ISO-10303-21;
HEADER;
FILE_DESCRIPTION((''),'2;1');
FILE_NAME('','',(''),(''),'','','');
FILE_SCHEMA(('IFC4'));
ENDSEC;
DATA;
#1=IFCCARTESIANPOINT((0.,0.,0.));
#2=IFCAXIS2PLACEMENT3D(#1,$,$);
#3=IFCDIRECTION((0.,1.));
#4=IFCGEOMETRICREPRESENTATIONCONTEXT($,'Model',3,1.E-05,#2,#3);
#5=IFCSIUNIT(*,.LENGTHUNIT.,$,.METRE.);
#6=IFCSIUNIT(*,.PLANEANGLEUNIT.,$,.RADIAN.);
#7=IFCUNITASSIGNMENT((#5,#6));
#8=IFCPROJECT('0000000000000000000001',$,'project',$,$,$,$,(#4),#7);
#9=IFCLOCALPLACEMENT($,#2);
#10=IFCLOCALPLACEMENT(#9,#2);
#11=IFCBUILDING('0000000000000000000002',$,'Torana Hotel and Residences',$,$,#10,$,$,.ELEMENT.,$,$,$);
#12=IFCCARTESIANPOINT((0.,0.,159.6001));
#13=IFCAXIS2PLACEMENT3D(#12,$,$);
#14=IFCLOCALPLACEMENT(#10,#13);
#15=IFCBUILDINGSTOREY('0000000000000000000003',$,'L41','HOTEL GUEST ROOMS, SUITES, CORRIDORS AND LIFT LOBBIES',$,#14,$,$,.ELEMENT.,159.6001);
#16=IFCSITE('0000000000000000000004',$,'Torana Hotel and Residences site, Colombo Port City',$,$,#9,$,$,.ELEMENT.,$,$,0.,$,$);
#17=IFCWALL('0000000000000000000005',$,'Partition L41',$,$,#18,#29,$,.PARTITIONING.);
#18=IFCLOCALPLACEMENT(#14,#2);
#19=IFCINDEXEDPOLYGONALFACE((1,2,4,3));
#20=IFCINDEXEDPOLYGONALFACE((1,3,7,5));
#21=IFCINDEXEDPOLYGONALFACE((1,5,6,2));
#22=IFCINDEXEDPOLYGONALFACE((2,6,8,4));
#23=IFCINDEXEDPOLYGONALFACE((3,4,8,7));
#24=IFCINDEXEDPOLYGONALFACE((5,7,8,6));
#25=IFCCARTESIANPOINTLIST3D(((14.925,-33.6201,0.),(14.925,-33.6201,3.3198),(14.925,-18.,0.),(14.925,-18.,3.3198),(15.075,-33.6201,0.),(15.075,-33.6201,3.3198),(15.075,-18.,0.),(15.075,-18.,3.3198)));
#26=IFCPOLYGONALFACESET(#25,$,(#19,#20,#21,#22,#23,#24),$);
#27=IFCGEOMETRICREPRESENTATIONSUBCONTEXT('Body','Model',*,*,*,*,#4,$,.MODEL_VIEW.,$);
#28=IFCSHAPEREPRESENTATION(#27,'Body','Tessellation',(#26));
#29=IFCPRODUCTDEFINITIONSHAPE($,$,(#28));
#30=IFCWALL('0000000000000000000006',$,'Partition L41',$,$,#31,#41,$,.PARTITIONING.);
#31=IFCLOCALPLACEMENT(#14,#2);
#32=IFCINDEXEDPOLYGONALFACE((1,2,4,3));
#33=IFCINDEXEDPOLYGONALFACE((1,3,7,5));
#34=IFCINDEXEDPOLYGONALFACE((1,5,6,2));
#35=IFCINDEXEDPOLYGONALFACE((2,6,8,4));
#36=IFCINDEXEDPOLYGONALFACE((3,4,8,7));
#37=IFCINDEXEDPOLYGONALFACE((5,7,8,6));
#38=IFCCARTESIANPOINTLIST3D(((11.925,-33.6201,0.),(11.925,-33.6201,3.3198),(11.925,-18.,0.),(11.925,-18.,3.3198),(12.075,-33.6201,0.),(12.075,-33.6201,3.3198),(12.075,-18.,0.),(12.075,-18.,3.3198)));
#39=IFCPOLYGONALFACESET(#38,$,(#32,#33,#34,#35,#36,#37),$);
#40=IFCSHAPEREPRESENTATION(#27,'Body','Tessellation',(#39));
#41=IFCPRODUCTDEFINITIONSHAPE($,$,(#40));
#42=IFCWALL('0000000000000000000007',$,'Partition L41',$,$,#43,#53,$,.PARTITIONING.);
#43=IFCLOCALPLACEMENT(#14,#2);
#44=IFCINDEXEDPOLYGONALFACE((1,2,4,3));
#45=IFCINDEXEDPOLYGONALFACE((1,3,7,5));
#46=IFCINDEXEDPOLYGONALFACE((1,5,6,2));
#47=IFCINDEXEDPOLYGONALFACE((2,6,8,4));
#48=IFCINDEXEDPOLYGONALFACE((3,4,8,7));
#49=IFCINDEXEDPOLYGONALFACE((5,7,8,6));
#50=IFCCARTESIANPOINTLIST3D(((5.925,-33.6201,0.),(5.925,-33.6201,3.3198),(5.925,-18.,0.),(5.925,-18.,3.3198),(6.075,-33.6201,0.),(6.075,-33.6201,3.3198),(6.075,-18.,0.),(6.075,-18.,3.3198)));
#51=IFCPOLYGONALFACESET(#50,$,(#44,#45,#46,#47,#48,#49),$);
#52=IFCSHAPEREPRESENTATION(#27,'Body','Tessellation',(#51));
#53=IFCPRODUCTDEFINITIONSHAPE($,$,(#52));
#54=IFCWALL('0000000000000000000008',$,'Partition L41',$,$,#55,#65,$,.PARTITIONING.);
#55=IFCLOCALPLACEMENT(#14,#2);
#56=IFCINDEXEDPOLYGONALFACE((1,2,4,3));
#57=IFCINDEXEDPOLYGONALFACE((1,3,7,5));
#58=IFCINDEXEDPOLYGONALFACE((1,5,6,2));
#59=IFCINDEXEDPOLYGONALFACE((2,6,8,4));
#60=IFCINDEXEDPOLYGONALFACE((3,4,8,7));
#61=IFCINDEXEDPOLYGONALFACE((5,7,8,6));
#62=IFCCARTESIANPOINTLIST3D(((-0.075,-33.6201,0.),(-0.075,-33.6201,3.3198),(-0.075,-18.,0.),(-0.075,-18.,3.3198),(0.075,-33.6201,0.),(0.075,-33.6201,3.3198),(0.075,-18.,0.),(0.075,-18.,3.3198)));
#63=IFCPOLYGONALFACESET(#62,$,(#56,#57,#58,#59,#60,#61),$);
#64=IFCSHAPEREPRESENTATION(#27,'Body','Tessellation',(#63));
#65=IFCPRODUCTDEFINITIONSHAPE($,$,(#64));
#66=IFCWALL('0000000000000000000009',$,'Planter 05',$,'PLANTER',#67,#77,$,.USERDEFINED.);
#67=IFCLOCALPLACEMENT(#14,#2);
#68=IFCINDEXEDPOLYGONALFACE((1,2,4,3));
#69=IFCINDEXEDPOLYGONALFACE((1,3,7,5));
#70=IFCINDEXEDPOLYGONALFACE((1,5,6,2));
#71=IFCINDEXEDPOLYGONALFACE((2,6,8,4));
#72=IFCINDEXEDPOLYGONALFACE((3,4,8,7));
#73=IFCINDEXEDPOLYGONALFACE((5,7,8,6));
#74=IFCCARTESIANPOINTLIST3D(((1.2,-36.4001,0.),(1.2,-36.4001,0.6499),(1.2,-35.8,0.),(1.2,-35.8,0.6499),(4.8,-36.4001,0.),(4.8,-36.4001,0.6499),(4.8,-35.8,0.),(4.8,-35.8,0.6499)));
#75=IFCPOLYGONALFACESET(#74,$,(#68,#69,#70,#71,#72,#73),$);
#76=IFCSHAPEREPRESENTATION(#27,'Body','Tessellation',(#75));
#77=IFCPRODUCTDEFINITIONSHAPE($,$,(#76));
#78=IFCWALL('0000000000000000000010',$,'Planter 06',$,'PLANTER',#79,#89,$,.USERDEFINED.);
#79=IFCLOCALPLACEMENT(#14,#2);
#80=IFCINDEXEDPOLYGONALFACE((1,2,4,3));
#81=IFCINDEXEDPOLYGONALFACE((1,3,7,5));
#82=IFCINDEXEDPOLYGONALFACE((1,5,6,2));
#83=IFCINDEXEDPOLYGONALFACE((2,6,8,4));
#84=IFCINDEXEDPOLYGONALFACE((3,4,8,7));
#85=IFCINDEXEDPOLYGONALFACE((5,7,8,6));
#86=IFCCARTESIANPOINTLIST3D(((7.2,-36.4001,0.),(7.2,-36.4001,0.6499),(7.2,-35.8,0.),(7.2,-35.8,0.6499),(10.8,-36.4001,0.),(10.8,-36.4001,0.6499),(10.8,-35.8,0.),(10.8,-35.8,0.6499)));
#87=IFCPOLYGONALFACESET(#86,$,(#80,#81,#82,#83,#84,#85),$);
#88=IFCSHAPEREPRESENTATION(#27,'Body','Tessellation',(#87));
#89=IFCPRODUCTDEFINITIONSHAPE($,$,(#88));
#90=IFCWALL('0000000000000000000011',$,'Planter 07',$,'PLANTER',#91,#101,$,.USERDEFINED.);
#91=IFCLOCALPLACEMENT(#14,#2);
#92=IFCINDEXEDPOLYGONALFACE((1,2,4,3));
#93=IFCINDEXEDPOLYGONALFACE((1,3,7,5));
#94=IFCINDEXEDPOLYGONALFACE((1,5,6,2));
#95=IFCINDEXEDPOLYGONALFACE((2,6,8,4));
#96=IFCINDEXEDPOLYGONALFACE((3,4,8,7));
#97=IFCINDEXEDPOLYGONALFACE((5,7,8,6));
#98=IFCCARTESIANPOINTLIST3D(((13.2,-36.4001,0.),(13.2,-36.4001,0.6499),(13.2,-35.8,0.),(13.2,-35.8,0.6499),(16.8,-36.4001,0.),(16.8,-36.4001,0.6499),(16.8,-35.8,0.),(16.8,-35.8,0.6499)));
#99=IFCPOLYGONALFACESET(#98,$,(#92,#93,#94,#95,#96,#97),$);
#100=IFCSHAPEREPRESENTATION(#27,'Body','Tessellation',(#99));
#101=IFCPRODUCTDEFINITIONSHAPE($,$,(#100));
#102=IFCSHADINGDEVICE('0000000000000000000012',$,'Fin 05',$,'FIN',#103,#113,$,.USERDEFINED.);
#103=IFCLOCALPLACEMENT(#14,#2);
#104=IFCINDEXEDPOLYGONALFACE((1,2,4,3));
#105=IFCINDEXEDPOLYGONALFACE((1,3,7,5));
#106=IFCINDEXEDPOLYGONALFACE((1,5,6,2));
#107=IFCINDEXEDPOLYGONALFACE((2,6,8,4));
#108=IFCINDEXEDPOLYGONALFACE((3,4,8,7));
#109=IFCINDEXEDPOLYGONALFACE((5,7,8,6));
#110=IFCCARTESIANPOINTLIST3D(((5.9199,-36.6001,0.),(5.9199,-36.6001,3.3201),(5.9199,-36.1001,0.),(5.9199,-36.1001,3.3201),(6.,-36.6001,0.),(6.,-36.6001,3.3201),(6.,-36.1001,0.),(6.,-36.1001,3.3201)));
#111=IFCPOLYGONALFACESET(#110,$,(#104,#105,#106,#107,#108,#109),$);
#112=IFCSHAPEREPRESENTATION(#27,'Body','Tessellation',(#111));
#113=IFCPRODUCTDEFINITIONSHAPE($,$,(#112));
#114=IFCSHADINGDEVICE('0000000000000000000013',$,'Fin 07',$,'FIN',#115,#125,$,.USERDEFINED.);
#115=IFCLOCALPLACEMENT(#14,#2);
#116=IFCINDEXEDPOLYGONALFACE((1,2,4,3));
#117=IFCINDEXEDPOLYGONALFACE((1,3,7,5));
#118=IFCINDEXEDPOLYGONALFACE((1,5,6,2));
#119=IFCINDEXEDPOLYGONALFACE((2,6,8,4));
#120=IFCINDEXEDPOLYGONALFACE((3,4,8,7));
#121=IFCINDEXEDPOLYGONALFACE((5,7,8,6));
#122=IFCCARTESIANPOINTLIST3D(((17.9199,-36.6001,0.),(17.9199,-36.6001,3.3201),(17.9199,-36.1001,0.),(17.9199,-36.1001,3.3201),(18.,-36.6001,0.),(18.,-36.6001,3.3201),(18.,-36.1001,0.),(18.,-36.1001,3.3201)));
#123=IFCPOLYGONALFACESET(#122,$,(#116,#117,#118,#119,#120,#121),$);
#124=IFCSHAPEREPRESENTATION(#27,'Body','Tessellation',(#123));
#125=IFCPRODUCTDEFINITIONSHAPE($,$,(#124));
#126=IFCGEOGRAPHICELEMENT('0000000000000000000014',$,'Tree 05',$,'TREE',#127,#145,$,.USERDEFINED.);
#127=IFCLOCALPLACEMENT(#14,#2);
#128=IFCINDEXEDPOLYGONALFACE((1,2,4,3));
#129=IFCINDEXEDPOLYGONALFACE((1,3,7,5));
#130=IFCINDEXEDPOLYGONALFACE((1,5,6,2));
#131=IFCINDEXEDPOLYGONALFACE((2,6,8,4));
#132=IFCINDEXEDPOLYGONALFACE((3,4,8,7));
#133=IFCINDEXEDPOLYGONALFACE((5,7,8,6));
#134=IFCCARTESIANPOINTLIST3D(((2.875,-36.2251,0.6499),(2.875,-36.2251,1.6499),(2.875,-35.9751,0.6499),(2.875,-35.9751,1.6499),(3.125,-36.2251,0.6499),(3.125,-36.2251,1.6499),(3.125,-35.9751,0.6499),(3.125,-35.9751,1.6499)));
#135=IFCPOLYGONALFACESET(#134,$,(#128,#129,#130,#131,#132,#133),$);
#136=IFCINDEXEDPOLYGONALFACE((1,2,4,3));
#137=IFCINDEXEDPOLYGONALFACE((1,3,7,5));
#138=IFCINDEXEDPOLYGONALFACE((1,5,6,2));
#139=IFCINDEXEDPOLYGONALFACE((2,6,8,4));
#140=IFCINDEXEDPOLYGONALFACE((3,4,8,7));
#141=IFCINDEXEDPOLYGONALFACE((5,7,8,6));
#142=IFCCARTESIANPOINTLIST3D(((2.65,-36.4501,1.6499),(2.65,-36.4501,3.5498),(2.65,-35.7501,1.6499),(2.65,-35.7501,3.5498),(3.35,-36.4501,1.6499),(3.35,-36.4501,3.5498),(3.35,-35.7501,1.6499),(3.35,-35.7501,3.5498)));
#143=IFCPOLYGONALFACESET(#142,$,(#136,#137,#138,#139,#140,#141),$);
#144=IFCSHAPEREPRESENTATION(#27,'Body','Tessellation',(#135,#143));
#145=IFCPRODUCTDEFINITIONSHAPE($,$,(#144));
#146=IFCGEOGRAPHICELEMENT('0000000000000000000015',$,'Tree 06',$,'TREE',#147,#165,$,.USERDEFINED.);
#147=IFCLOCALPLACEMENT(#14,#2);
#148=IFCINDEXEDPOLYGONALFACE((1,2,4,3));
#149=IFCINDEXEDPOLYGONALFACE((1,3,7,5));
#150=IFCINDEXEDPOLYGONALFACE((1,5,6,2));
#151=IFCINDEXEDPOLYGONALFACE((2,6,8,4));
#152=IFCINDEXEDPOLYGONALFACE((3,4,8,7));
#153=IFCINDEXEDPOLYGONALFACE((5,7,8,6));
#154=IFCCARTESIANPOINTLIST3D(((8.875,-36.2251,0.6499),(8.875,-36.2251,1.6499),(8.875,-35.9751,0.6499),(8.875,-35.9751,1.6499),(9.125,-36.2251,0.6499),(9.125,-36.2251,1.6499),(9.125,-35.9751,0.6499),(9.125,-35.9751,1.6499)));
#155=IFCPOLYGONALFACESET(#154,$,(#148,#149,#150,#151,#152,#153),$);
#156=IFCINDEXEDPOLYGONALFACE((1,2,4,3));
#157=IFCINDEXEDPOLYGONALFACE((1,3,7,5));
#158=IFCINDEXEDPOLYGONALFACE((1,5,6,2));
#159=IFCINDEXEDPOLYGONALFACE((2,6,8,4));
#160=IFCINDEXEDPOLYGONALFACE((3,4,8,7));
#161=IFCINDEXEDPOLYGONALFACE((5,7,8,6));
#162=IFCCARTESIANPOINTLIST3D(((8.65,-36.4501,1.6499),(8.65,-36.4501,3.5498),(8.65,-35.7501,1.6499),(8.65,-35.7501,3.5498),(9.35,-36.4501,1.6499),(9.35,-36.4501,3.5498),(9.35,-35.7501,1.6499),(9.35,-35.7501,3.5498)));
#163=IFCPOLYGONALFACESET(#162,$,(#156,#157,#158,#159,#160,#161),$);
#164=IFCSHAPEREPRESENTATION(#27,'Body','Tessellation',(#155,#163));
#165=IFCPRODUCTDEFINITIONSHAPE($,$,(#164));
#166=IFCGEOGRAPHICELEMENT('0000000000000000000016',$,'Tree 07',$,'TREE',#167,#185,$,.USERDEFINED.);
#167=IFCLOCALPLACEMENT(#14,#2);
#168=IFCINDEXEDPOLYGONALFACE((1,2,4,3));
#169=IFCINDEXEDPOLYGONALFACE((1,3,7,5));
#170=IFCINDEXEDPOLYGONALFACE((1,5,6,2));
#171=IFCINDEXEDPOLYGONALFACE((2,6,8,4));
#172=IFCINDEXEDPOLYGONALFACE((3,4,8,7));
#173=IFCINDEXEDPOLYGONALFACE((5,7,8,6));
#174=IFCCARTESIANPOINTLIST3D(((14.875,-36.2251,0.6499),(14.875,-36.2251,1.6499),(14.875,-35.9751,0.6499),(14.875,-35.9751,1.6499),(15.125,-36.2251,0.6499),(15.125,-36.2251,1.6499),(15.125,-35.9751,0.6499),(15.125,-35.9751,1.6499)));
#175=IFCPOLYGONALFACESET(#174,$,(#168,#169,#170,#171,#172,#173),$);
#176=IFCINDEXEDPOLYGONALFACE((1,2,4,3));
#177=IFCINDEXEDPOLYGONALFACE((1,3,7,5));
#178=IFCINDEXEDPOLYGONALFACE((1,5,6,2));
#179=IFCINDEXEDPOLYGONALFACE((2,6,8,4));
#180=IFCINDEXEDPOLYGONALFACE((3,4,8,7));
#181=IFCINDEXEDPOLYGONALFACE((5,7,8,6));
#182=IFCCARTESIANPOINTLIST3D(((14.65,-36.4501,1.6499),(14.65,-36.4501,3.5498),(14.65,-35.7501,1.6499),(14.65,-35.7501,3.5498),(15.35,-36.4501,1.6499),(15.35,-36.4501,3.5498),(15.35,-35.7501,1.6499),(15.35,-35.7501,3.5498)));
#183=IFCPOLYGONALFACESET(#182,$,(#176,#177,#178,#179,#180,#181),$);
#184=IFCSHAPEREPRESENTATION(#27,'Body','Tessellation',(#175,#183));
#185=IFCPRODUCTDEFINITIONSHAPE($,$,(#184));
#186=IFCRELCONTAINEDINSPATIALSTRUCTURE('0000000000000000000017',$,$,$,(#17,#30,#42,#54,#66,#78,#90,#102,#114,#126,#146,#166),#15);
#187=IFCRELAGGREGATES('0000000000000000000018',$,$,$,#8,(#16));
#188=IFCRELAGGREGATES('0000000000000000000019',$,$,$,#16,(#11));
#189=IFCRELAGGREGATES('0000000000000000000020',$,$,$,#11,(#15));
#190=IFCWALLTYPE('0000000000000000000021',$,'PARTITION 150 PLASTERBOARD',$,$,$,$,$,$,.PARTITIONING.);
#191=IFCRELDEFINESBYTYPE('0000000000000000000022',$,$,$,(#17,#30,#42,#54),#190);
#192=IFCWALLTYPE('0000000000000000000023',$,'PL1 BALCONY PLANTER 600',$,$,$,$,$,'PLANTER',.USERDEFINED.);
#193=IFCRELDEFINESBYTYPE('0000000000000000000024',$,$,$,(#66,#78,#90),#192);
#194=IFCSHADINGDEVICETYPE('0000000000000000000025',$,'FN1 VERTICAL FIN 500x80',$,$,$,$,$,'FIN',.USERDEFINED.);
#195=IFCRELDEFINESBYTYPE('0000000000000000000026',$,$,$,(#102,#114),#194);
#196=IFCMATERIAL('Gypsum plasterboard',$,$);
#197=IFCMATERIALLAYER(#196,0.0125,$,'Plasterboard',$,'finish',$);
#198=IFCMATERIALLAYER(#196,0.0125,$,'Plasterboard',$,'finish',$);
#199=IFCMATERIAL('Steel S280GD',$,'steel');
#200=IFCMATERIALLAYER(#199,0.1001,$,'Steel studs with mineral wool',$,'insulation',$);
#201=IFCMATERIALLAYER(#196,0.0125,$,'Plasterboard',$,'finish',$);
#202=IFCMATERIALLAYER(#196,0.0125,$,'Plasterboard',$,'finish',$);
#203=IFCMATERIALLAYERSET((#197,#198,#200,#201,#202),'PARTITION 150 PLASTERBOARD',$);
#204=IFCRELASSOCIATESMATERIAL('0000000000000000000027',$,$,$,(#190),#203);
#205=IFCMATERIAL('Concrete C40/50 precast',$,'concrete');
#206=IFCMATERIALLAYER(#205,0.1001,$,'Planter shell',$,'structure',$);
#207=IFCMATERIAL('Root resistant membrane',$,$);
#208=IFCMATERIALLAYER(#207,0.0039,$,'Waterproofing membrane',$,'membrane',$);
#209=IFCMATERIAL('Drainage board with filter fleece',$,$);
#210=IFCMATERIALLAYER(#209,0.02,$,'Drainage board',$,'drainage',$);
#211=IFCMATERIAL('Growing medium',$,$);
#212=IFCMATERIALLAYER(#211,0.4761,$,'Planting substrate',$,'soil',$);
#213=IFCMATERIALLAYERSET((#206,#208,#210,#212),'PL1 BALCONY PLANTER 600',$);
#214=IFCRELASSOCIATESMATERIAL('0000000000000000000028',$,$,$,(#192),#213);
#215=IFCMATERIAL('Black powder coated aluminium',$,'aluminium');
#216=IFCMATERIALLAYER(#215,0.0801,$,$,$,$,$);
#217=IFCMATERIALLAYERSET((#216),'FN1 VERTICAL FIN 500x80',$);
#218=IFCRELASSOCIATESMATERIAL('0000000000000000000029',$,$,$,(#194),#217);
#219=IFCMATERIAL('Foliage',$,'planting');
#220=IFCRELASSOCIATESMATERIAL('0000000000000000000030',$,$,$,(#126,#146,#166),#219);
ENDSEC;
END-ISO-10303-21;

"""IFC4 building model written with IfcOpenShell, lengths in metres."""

from ifc_helpers import new_model, si_unit, direction, frame, frame_2d, origin, origin_2d, place, context, subcontext, project, spatial, rectangle, extrude, material, layer, layer_set, type_object, element, save


model = new_model("IFC4")

# Units and contexts
model_context = context("Model", 3, precision=1e-05, world=origin(), true_north=direction((0.0, 1.0)))
body_context = subcontext(model_context, "Body", "Model", "MODEL_VIEW")
ifc_project = project(units=[si_unit("LENGTHUNIT", "METRE"), si_unit("PLANEANGLEUNIT", "RADIAN")], contexts=[model_context])

# Site, building, storey
site_placement = place(None, origin())
site = spatial("IfcSite", under=ifc_project, at=site_placement, Name="Torana Hotel and Residences site, Colombo Port City", CompositionType="ELEMENT", RefElevation=0.0)
building_placement = place(site_placement, origin())
building = spatial("IfcBuilding", under=site, at=building_placement, Name="Torana Hotel and Residences", CompositionType="ELEMENT")
storey_placement = place(building_placement, frame((0.0, 0.0, 159.6001)))
storey = spatial("IfcBuildingStorey", under=building, at=storey_placement, Name="L41", Description="HOTEL GUEST ROOMS, SUITES, CORRIDORS AND LIFT LOBBIES", CompositionType="ELEMENT", Elevation=159.6001)

# Walls
ifc_material_1 = material(Name="Gypsum plasterboard")
ifc_layer_1 = layer(ifc_material_1, 0.0125, Name="Plasterboard", Category="finish")
ifc_layer_2 = layer(ifc_material_1, 0.0125, Name="Plasterboard", Category="finish")
ifc_material_2 = material(Name="Steel S280GD", Category="steel")
ifc_layer_3 = layer(ifc_material_2, 0.1001, Name="Steel studs with mineral wool", Category="insulation")
ifc_layer_4 = layer(ifc_material_1, 0.0125, Name="Plasterboard", Category="finish")
ifc_layer_5 = layer(ifc_material_1, 0.0125, Name="Plasterboard", Category="finish")
ifc_layer_set_1 = layer_set([ifc_layer_1, ifc_layer_2, ifc_layer_3, ifc_layer_4, ifc_layer_5], Name="PARTITION 150 PLASTERBOARD")
wall_type_1 = type_object("IfcWallType", Name="PARTITION 150 PLASTERBOARD", PredefinedType="PARTITIONING", material=ifc_layer_set_1)
for number, where, z_axis, x_axis, name in (
    (1, (15.0, -33.6201, 0.0), (0.0, 0.0, 1.0), (0.0, 1.0, 0.0), "Partition L41"),
    (2, (12.0, -33.6201, 0.0), (0.0, 0.0, 1.0), (0.0, 1.0, 0.0), "Partition L41"),
    (3, (6.0, -33.6201, 0.0), (0.0, 0.0, 1.0), (0.0, 1.0, 0.0), "Partition L41"),
    (4, (0.0, -33.6201, 0.0), (0.0, 0.0, 1.0), (0.0, 1.0, 0.0), "Partition L41"),
):
    element("IfcWall", number, at=place(storey_placement, frame(where, z_axis=z_axis, x_axis=x_axis)), inside=storey, type_object=wall_type_1, Name=name, PredefinedType="PARTITIONING", context=body_context, shape_type="SweptSolid", body=[
        extrude(rectangle(XDim=15.6201, YDim=0.1499, at=frame_2d((7.8101, 0.0))), origin(), (0.0, 0.0, 1.0), 3.3198),
    ])
ifc_material_3 = material(Name="Concrete C40/50 precast", Category="concrete")
ifc_layer_6 = layer(ifc_material_3, 0.1001, Name="Planter shell", Category="structure")
ifc_material_4 = material(Name="Root resistant membrane")
ifc_layer_7 = layer(ifc_material_4, 0.0039, Name="Waterproofing membrane", Category="membrane")
ifc_material_5 = material(Name="Drainage board with filter fleece")
ifc_layer_8 = layer(ifc_material_5, 0.02, Name="Drainage board", Category="drainage")
ifc_material_6 = material(Name="Growing medium")
ifc_layer_9 = layer(ifc_material_6, 0.4761, Name="Planting substrate", Category="soil")
ifc_layer_set_2 = layer_set([ifc_layer_6, ifc_layer_7, ifc_layer_8, ifc_layer_9], Name="PL1 BALCONY PLANTER 600")
wall_type_2 = type_object("IfcWallType", Name="PL1 BALCONY PLANTER 600", ElementType="PLANTER", PredefinedType="USERDEFINED", material=ifc_layer_set_2)
for number, where, z_axis, x_axis, name in (
    (5, (4.8, -36.1001, 0.0), (0.0, 0.0, 1.0), (-1.0, 0.0, 0.0), "Planter 05"),
    (6, (10.8, -36.1001, 0.0), (0.0, 0.0, 1.0), (-1.0, 0.0, 0.0), "Planter 06"),
    (7, (16.8, -36.1001, 0.0), (0.0, 0.0, 1.0), (-1.0, 0.0, 0.0), "Planter 07"),
):
    element("IfcWall", number, at=place(storey_placement, frame(where, z_axis=z_axis, x_axis=x_axis)), inside=storey, type_object=wall_type_2, Name=name, ObjectType="PLANTER", PredefinedType="USERDEFINED", context=body_context, shape_type="SweptSolid", body=[
        extrude(rectangle(XDim=3.6001, YDim=0.6001, at=frame_2d((1.8, 0.0))), origin(), (0.0, 0.0, 1.0), 0.6499),
    ])

# Shading devices
ifc_material_7 = material(Name="Black powder coated aluminium", Category="aluminium")
ifc_layer_10 = layer(ifc_material_7, 0.0801)
ifc_layer_set_3 = layer_set([ifc_layer_10], Name="FN1 VERTICAL FIN 500x80")
shading_device_type = type_object("IfcShadingDeviceType", Name="FN1 VERTICAL FIN 500x80", ElementType="FIN", PredefinedType="USERDEFINED", material=ifc_layer_set_3)
for number, where, z_axis, x_axis, name in (
    (8, (5.96, -36.3501, 0.0), (0.0, 0.0, 1.0), (-1.0, 0.0, 0.0), "Fin 05"),
    (9, (17.96, -36.3501, 0.0), (0.0, 0.0, 1.0), (-1.0, 0.0, 0.0), "Fin 07"),
):
    element("IfcShadingDevice", number, at=place(storey_placement, frame(where, z_axis=z_axis, x_axis=x_axis)), inside=storey, type_object=shading_device_type, Name=name, ObjectType="FIN", PredefinedType="USERDEFINED", context=body_context, shape_type="SweptSolid", body=[
        extrude(rectangle(XDim=0.0801, YDim=0.5, at=origin_2d()), origin(), (0.0, 0.0, 1.0), 3.3201),
    ])

# Geographic elements
ifc_material_8 = material(Name="Foliage", Category="planting")
for number, where, z_axis, x_axis, name in (
    (10, (3.0, -36.1001, 0.6499), (0.0, 0.0, 1.0), (1.0, 0.0, 0.0), "Tree 05"),
    (11, (9.0, -36.1001, 0.6499), (0.0, 0.0, 1.0), (1.0, 0.0, 0.0), "Tree 06"),
    (12, (15.0, -36.1001, 0.6499), (0.0, 0.0, 1.0), (1.0, 0.0, 0.0), "Tree 07"),
):
    element("IfcGeographicElement", number, at=place(storey_placement, frame(where, z_axis=z_axis, x_axis=x_axis)), inside=storey, material=ifc_material_8, Name=name, ObjectType="TREE", PredefinedType="USERDEFINED", context=body_context, shape_type="SweptSolid", body=[
        extrude(rectangle(XDim=0.25, YDim=0.25, at=origin_2d()), origin(), (0.0, 0.0, 1.0), 1.0),
        extrude(rectangle(XDim=0.7, YDim=0.7, at=origin_2d()), frame((0.0, 0.0, 1.0)), (0.0, 0.0, 1.0), 1.8999),
    ])

save(model, "model.ifc")
